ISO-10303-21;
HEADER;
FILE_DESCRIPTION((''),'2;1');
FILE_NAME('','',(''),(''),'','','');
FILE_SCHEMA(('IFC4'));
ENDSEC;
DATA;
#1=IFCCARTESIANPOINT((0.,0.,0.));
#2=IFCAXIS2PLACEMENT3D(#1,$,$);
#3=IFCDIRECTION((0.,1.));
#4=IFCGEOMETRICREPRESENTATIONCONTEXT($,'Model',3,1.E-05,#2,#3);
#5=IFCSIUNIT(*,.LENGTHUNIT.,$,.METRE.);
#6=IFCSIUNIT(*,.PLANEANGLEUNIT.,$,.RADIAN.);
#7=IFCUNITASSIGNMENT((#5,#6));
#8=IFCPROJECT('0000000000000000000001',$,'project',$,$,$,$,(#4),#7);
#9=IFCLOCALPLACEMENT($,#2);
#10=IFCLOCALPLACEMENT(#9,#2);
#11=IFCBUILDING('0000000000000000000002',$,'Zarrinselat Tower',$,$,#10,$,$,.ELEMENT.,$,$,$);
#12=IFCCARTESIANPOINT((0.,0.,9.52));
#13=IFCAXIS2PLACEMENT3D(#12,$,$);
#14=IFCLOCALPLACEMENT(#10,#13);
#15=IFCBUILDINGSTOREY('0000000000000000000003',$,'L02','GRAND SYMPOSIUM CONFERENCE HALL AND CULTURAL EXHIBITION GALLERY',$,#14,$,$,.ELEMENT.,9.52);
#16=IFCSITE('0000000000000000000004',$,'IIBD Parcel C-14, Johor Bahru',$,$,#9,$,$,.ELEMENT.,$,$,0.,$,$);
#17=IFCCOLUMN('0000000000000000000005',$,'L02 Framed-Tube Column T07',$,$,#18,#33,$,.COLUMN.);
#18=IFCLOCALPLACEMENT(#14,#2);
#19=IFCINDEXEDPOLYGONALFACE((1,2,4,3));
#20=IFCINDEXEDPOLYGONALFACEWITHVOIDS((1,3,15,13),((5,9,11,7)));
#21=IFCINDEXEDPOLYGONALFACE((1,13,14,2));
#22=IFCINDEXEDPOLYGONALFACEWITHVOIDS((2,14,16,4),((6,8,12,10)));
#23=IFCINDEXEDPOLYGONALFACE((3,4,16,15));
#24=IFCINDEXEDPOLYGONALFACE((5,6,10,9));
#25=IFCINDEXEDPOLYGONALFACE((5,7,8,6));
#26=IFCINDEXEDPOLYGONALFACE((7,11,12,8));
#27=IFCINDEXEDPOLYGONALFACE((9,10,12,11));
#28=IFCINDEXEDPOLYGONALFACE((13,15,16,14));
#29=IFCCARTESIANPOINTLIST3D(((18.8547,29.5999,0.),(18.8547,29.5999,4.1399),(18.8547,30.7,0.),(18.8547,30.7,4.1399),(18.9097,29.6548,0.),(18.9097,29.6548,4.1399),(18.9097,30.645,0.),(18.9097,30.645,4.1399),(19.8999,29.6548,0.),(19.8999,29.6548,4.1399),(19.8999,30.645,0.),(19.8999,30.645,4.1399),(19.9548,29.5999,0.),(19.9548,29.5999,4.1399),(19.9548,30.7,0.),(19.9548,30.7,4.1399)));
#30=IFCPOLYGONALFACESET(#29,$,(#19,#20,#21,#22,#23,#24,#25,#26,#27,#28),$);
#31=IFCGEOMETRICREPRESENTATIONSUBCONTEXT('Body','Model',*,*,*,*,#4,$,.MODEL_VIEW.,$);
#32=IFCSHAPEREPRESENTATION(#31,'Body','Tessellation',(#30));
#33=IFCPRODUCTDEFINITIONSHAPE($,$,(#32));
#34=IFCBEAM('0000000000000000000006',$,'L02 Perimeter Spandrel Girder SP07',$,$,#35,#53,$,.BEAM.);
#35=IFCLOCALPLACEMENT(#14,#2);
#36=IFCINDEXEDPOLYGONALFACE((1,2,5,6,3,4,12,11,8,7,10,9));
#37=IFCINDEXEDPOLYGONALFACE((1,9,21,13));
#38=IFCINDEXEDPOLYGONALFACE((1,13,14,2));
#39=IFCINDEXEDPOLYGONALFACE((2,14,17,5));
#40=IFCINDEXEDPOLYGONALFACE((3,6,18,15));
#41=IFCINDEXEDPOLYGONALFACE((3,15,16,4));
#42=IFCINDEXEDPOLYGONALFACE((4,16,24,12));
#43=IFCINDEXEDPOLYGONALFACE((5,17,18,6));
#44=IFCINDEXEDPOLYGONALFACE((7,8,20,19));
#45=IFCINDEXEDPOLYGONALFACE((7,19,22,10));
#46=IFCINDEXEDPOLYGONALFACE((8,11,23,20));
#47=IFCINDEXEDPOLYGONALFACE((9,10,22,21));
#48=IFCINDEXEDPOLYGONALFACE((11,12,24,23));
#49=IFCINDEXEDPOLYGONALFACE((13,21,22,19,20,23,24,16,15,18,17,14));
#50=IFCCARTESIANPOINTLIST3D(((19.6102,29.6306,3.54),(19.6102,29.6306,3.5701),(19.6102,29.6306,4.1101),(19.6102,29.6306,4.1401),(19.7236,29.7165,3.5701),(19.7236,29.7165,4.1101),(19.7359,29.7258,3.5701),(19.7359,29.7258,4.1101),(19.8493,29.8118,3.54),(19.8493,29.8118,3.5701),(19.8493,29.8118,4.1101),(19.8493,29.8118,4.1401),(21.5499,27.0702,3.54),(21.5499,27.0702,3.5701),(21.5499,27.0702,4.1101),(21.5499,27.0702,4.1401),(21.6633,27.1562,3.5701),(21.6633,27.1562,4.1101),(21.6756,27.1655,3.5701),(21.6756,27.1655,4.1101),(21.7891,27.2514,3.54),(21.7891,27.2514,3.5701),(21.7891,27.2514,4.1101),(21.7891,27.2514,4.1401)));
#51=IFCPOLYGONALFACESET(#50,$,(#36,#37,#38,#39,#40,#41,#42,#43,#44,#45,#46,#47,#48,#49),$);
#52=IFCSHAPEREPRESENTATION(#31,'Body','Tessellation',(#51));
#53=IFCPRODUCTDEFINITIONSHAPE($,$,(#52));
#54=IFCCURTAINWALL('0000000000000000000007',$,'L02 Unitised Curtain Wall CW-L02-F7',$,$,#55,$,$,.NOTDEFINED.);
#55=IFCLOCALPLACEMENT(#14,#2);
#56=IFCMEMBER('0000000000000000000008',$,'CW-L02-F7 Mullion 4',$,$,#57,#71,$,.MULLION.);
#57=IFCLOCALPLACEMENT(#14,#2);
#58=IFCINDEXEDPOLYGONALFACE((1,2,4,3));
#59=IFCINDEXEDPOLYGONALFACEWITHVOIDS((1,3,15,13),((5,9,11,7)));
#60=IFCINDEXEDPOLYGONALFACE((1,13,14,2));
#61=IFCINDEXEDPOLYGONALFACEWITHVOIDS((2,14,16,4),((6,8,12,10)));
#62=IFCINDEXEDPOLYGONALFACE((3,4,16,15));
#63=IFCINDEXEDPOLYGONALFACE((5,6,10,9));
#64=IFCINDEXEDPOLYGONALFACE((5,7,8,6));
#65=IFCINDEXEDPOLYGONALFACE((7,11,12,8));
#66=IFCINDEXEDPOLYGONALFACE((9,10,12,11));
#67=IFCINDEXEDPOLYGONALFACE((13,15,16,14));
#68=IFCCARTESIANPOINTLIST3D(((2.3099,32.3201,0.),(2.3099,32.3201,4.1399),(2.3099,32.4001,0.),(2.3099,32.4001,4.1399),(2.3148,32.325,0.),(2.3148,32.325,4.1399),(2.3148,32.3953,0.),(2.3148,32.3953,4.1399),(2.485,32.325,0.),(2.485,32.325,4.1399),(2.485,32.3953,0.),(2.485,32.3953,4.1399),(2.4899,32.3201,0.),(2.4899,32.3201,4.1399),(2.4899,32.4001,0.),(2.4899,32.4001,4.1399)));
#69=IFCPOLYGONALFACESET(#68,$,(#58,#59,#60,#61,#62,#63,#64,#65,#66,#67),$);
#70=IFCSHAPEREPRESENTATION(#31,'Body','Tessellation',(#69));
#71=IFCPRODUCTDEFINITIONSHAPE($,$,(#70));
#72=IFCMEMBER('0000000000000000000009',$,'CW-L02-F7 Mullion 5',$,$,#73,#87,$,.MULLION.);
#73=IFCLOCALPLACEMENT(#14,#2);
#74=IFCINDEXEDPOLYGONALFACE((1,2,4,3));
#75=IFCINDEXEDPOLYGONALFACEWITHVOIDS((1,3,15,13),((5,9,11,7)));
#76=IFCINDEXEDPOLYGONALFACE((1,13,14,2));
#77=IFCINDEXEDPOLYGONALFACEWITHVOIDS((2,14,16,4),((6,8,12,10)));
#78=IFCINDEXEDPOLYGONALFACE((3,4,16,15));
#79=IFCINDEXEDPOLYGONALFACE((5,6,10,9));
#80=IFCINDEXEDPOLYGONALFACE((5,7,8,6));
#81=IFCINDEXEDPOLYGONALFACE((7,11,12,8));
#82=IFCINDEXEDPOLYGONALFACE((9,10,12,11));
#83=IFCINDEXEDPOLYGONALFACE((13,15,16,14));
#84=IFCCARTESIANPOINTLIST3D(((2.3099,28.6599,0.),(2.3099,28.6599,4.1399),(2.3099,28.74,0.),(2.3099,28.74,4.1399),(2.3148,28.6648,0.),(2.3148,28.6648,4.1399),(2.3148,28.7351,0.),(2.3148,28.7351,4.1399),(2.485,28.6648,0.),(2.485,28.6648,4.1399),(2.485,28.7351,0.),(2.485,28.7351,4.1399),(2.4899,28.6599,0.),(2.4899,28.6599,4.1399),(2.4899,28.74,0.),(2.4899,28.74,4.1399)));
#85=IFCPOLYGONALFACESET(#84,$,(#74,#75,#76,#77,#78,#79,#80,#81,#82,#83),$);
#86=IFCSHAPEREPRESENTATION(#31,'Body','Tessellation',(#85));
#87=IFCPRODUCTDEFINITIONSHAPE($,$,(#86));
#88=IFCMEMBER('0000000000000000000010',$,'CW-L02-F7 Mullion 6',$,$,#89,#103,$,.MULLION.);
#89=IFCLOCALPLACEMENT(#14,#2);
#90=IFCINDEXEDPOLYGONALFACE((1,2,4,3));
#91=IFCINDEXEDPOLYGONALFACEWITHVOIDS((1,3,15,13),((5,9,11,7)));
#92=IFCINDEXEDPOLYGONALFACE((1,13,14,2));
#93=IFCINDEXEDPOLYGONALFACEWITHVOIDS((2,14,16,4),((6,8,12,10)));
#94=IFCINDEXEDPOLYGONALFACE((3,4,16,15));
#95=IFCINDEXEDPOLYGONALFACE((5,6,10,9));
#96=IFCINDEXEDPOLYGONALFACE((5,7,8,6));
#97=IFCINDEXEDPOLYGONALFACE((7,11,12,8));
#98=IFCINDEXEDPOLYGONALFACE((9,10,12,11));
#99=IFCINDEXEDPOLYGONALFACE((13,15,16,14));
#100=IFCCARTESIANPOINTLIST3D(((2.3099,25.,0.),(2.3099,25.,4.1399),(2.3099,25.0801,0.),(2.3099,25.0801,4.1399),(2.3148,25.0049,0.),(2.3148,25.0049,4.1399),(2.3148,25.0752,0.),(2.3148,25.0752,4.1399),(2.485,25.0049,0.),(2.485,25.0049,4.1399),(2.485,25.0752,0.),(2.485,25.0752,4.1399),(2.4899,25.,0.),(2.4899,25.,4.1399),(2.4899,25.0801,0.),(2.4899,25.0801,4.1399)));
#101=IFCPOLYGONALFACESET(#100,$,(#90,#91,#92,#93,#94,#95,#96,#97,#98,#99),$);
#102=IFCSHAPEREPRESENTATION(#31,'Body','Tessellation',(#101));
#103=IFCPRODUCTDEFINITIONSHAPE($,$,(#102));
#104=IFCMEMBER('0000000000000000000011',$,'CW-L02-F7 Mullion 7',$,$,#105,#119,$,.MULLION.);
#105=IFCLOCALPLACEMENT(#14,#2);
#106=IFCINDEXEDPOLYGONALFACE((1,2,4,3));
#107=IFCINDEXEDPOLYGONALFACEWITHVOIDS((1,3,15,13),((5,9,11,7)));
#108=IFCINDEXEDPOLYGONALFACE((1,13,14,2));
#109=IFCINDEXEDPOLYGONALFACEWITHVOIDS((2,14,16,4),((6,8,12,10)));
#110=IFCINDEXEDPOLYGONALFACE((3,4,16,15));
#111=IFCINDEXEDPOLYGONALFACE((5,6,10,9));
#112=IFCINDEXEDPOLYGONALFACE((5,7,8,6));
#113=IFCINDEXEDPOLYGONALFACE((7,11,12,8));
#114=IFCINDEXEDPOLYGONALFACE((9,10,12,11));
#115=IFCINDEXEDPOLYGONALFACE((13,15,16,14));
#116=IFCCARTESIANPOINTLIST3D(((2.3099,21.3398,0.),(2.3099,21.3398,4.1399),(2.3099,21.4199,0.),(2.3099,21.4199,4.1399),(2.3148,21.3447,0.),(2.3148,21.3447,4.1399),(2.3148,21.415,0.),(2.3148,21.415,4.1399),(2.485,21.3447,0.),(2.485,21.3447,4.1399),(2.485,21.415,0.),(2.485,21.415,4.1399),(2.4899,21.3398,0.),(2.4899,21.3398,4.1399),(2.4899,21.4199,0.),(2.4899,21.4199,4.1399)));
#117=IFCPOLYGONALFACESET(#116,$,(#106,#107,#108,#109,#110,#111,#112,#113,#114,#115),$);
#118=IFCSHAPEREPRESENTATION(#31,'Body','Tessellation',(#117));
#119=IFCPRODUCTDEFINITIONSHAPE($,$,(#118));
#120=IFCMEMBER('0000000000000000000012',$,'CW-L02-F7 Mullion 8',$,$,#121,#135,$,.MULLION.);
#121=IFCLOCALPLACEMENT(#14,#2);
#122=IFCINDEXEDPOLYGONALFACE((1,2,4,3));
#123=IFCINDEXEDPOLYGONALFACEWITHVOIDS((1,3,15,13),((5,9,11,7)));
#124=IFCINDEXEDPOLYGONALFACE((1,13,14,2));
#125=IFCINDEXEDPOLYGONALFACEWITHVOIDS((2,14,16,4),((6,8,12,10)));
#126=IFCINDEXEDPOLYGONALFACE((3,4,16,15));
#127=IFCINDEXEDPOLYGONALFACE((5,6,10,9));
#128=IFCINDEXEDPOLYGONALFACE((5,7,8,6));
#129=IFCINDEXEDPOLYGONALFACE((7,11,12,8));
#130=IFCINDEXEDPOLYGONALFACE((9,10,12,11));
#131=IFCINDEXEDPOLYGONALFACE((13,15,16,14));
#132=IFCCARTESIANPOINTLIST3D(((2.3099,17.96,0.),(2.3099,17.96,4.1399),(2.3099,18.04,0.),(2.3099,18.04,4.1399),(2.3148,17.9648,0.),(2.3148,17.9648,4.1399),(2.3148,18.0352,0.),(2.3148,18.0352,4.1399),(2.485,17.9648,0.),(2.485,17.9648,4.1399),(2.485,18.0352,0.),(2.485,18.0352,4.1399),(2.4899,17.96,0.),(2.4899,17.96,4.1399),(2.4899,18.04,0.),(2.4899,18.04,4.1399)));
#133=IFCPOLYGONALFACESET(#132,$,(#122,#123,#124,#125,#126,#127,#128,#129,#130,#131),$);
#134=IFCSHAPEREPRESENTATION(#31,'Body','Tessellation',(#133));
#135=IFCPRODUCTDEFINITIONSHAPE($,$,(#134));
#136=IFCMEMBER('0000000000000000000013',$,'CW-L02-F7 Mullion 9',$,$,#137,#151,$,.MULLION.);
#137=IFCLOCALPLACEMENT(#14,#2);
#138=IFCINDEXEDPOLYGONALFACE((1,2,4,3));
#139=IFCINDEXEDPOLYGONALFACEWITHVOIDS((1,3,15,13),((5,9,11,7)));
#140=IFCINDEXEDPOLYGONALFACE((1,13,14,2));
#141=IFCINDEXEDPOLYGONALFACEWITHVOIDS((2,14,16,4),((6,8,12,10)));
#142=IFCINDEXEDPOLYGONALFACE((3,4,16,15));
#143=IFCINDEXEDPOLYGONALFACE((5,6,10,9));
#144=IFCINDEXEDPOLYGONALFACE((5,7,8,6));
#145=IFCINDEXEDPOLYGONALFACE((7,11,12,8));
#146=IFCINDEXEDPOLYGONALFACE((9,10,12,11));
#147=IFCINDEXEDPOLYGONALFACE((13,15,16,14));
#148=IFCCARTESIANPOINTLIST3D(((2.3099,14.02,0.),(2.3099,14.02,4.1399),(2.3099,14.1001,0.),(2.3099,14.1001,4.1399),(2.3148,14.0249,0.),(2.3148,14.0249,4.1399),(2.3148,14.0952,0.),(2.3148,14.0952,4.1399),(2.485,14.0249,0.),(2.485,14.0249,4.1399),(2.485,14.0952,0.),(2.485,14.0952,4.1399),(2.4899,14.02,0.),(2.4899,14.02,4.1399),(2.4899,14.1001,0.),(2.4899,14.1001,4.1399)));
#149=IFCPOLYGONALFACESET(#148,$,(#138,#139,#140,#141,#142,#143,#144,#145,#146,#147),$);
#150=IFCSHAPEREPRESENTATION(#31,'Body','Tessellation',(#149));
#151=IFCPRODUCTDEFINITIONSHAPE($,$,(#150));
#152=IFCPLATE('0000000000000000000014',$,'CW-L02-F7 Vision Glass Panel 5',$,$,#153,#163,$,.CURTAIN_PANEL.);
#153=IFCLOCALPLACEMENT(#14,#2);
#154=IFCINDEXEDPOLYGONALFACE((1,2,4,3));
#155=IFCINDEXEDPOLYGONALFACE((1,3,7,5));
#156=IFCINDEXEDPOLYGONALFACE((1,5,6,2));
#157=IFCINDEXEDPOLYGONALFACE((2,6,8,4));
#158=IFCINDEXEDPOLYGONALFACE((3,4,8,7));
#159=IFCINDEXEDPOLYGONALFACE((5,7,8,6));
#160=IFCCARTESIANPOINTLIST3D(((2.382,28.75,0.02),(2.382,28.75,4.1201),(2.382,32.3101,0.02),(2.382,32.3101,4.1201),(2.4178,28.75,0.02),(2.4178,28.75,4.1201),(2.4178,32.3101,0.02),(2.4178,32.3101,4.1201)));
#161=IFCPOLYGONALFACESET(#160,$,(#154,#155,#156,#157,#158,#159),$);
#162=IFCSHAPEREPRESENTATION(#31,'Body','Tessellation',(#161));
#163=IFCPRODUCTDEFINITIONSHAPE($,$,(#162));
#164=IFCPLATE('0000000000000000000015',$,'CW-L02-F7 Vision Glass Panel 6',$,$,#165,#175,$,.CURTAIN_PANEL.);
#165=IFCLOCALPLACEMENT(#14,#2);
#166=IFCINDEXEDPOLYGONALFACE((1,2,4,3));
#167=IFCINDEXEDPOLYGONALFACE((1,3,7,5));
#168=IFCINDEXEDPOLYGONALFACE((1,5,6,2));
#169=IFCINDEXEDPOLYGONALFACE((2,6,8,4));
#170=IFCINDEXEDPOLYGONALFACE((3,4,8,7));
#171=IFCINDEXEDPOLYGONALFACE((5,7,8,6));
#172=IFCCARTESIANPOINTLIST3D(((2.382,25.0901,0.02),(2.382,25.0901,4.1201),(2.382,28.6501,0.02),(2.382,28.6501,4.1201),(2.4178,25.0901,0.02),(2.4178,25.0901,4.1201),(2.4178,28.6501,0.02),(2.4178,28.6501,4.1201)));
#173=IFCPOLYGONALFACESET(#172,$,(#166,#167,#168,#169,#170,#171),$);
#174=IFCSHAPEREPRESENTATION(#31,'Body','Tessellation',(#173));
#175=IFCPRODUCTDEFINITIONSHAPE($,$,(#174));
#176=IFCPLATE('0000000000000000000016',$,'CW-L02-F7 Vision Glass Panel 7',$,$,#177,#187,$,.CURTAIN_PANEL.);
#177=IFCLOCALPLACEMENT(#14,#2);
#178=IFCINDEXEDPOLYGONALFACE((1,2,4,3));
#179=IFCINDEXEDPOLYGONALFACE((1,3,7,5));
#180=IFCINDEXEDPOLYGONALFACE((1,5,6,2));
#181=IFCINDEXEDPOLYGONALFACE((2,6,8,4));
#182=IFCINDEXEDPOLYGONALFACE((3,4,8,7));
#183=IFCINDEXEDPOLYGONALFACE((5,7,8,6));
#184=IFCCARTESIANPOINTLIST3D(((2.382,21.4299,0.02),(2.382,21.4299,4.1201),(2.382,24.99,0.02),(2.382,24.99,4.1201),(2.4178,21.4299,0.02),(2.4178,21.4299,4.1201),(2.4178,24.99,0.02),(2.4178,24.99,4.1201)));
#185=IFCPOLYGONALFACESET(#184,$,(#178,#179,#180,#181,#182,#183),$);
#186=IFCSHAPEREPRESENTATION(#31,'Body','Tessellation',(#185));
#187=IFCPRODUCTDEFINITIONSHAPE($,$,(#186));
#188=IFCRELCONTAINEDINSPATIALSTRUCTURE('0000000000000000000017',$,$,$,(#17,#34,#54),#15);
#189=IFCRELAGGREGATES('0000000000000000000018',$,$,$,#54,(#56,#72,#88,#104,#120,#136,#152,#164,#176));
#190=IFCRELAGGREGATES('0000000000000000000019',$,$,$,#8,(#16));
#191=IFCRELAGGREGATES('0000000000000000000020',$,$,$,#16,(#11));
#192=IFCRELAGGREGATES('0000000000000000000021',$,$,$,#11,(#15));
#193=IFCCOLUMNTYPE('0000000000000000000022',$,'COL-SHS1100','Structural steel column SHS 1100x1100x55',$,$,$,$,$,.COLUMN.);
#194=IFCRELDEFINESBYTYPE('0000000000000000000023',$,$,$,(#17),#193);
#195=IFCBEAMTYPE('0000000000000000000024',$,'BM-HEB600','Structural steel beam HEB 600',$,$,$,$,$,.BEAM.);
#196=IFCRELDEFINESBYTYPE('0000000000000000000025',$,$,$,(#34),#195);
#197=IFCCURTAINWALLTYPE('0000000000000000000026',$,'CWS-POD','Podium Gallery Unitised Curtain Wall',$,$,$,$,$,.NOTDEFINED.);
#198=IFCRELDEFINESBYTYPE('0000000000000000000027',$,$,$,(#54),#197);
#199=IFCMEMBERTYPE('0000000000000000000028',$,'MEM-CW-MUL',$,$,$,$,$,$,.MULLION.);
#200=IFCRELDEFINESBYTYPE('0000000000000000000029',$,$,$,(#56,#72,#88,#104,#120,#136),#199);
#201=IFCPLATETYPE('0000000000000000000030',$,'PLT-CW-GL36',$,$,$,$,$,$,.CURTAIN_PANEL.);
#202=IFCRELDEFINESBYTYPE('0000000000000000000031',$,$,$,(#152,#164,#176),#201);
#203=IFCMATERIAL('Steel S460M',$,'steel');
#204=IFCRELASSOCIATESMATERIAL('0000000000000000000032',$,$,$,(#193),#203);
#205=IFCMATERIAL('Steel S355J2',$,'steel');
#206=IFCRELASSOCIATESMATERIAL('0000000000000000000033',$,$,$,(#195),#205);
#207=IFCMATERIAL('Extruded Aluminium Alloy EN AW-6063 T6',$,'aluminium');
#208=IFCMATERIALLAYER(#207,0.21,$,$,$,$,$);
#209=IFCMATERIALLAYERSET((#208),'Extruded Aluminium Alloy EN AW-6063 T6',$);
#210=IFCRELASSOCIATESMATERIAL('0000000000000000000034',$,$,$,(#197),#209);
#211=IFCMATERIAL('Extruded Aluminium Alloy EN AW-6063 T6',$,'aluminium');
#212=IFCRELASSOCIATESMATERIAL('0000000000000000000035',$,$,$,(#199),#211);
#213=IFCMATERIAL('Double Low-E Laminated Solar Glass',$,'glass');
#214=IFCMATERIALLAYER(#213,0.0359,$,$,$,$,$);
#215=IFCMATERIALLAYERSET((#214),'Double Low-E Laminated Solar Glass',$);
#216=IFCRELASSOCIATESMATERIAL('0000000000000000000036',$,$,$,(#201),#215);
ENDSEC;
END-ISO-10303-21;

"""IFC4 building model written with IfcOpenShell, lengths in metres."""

from ifc_helpers import new_model, si_unit, direction, frame, origin, origin_2d, place, context, subcontext, project, spatial, rectangle, hollow_rectangle, i_section, extrude, material, layer, layer_set, material_profile, profile_set, type_object, element, aggregate, save


model = new_model("IFC4")

# Units and contexts
model_context = context("Model", 3, precision=1e-05, world=origin(), true_north=direction((0.0, 1.0)))
body_context = subcontext(model_context, "Body", "Model", "MODEL_VIEW")
ifc_project = project(units=[si_unit("LENGTHUNIT", "METRE"), si_unit("PLANEANGLEUNIT", "RADIAN")], contexts=[model_context])

# Site, building, storey
site_placement = place(None, origin())
site = spatial("IfcSite", under=ifc_project, at=site_placement, Name="IIBD Parcel C-14, Johor Bahru", CompositionType="ELEMENT", RefElevation=0.0)
building_placement = place(site_placement, origin())
building = spatial("IfcBuilding", under=site, at=building_placement, Name="Zarrinselat Tower", CompositionType="ELEMENT")
storey_placement = place(building_placement, frame((0.0, 0.0, 9.52)))
storey = spatial("IfcBuildingStorey", under=building, at=storey_placement, Name="L02", Description="GRAND SYMPOSIUM CONFERENCE HALL AND CULTURAL EXHIBITION GALLERY", CompositionType="ELEMENT", Elevation=9.52)

# Column
ifc_material_1 = material(Name="Steel S460M", Category="steel")
ifc_material_profile_1 = material_profile(ifc_material_1, hollow_rectangle(XDim=1.1001, YDim=1.1001, WallThickness=0.0549, at=origin_2d()), Name="SHS 1100x1100x55")
ifc_profile_set_1 = profile_set([ifc_material_profile_1], Name="Steel S460M")
column_type = type_object("IfcColumnType", Name="COL-SHS1100", Description="Structural steel column SHS 1100x1100x55", PredefinedType="COLUMN", material=ifc_profile_set_1)
column_placement = place(storey_placement, frame((19.4048, 30.1499, 0.0), z_axis=(0.0, 0.0, 1.0), x_axis=(1.0, 0.0, 0.0)))
element("IfcColumn", 1, at=column_placement, inside=storey, type_object=column_type, Name="L02 Framed-Tube Column T07", PredefinedType="COLUMN", context=body_context, shape_type="SweptSolid", body=[
    extrude(hollow_rectangle(XDim=1.1001, YDim=1.1001, WallThickness=0.0549, at=origin_2d()), origin(), (0.0, 0.0, 1.0), 4.1399),
])

# Beam
ifc_material_2 = material(Name="Steel S355J2", Category="steel")
ifc_material_profile_2 = material_profile(ifc_material_2, i_section(OverallWidth=0.3, OverallDepth=0.6001, WebThickness=0.0154, FlangeThickness=0.03, at=origin_2d()), Name="HEB 600")
ifc_profile_set_2 = profile_set([ifc_material_profile_2], Name="Steel S355J2")
beam_type = type_object("IfcBeamType", Name="BM-HEB600", Description="Structural steel beam HEB 600", PredefinedType="BEAM", material=ifc_profile_set_2)
beam_placement = place(storey_placement, frame((19.7297, 29.7212, 3.8401), z_axis=(0.603872, -0.797081, 0.0), x_axis=(0.797081, 0.603872, 0.0)))
element("IfcBeam", 2, at=beam_placement, inside=storey, type_object=beam_type, Name="L02 Perimeter Spandrel Girder SP07", PredefinedType="BEAM", context=body_context, shape_type="SweptSolid", body=[
    extrude(i_section(OverallWidth=0.3, OverallDepth=0.6001, WebThickness=0.0154, FlangeThickness=0.03, at=origin_2d()), origin(), (0.0, 0.0, 1.0), 3.2122),
])

# Curtain wall, members, plates
ifc_material_3 = material(Name="Extruded Aluminium Alloy EN AW-6063 T6", Category="aluminium")
ifc_layer_1 = layer(ifc_material_3, 0.21)
ifc_layer_set_1 = layer_set([ifc_layer_1], Name="Extruded Aluminium Alloy EN AW-6063 T6")
curtain_wall_type = type_object("IfcCurtainWallType", Name="CWS-POD", Description="Podium Gallery Unitised Curtain Wall", PredefinedType="NOTDEFINED", material=ifc_layer_set_1)
curtain_wall_placement = place(storey_placement, origin())
curtain_wall = element("IfcCurtainWall", 3, at=curtain_wall_placement, inside=storey, type_object=curtain_wall_type, Name="L02 Unitised Curtain Wall CW-L02-F7", PredefinedType="NOTDEFINED")
ifc_material_4 = material(Name="Extruded Aluminium Alloy EN AW-6063 T6", Category="aluminium")
ifc_material_profile_3 = material_profile(ifc_material_4, hollow_rectangle(XDim=0.0801, YDim=0.1799, WallThickness=0.0049, at=origin_2d()), Name="RHS 180x80x5")
ifc_profile_set_3 = profile_set([ifc_material_profile_3], Name="Extruded Aluminium Alloy EN AW-6063 T6")
member_type = type_object("IfcMemberType", Name="MEM-CW-MUL", PredefinedType="MULLION", material=ifc_profile_set_3)
member_1_placement = place(storey_placement, frame((2.3999, 32.3601, 0.0), z_axis=(0.0, 0.0, 1.0), x_axis=(0.0, -1.0, 0.0)))
member_1 = element("IfcMember", 4, at=member_1_placement, type_object=member_type, Name="CW-L02-F7 Mullion 4", PredefinedType="MULLION", context=body_context, shape_type="SweptSolid", body=[
    extrude(hollow_rectangle(XDim=0.0801, YDim=0.1799, WallThickness=0.0049, at=origin_2d()), origin(), (0.0, 0.0, 1.0), 4.1399),
])
member_2_placement = place(storey_placement, frame((2.3999, 28.7, 0.0), z_axis=(0.0, 0.0, 1.0), x_axis=(0.0, -1.0, 0.0)))
member_2 = element("IfcMember", 5, at=member_2_placement, type_object=member_type, Name="CW-L02-F7 Mullion 5", PredefinedType="MULLION", context=body_context, shape_type="SweptSolid", body=[
    extrude(hollow_rectangle(XDim=0.0801, YDim=0.1799, WallThickness=0.0049, at=origin_2d()), origin(), (0.0, 0.0, 1.0), 4.1399),
])
member_3_placement = place(storey_placement, frame((2.3999, 25.04, 0.0), z_axis=(0.0, 0.0, 1.0), x_axis=(0.0, -1.0, 0.0)))
member_3 = element("IfcMember", 6, at=member_3_placement, type_object=member_type, Name="CW-L02-F7 Mullion 6", PredefinedType="MULLION", context=body_context, shape_type="SweptSolid", body=[
    extrude(hollow_rectangle(XDim=0.0801, YDim=0.1799, WallThickness=0.0049, at=origin_2d()), origin(), (0.0, 0.0, 1.0), 4.1399),
])
member_4_placement = place(storey_placement, frame((2.3999, 21.3799, 0.0), z_axis=(0.0, 0.0, 1.0), x_axis=(0.0, -1.0, 0.0)))
member_4 = element("IfcMember", 7, at=member_4_placement, type_object=member_type, Name="CW-L02-F7 Mullion 7", PredefinedType="MULLION", context=body_context, shape_type="SweptSolid", body=[
    extrude(hollow_rectangle(XDim=0.0801, YDim=0.1799, WallThickness=0.0049, at=origin_2d()), origin(), (0.0, 0.0, 1.0), 4.1399),
])
member_5_placement = place(storey_placement, frame((2.3999, 18.0, 0.0), z_axis=(0.0, 0.0, 1.0), x_axis=(0.0, -1.0, 0.0)))
member_5 = element("IfcMember", 8, at=member_5_placement, type_object=member_type, Name="CW-L02-F7 Mullion 8", PredefinedType="MULLION", context=body_context, shape_type="SweptSolid", body=[
    extrude(hollow_rectangle(XDim=0.0801, YDim=0.1799, WallThickness=0.0049, at=origin_2d()), origin(), (0.0, 0.0, 1.0), 4.1399),
])
member_6_placement = place(storey_placement, frame((2.3999, 14.0601, 0.0), z_axis=(0.0, 0.0, 1.0), x_axis=(0.0, -1.0, 0.0)))
member_6 = element("IfcMember", 9, at=member_6_placement, type_object=member_type, Name="CW-L02-F7 Mullion 9", PredefinedType="MULLION", context=body_context, shape_type="SweptSolid", body=[
    extrude(hollow_rectangle(XDim=0.0801, YDim=0.1799, WallThickness=0.0049, at=origin_2d()), origin(), (0.0, 0.0, 1.0), 4.1399),
])
ifc_material_5 = material(Name="Double Low-E Laminated Solar Glass", Category="glass")
ifc_layer_2 = layer(ifc_material_5, 0.0359)
ifc_layer_set_2 = layer_set([ifc_layer_2], Name="Double Low-E Laminated Solar Glass")
plate_type = type_object("IfcPlateType", Name="PLT-CW-GL36", PredefinedType="CURTAIN_PANEL", material=ifc_layer_set_2)
plate_1_placement = place(storey_placement, frame((2.3999, 30.53, 0.02), z_axis=(0.0, 0.0, 1.0), x_axis=(0.0, -1.0, 0.0)))
plate_1 = element("IfcPlate", 10, at=plate_1_placement, type_object=plate_type, Name="CW-L02-F7 Vision Glass Panel 5", PredefinedType="CURTAIN_PANEL", context=body_context, shape_type="SweptSolid", body=[
    extrude(rectangle(XDim=3.5601, YDim=0.0359, at=origin_2d()), origin(), (0.0, 0.0, 1.0), 4.1001),
])
plate_2_placement = place(storey_placement, frame((2.3999, 26.8701, 0.02), z_axis=(0.0, 0.0, 1.0), x_axis=(0.0, -1.0, 0.0)))
plate_2 = element("IfcPlate", 11, at=plate_2_placement, type_object=plate_type, Name="CW-L02-F7 Vision Glass Panel 6", PredefinedType="CURTAIN_PANEL", context=body_context, shape_type="SweptSolid", body=[
    extrude(rectangle(XDim=3.5601, YDim=0.0359, at=origin_2d()), origin(), (0.0, 0.0, 1.0), 4.1001),
])
plate_3_placement = place(storey_placement, frame((2.3999, 23.21, 0.02), z_axis=(0.0, 0.0, 1.0), x_axis=(0.0, -1.0, 0.0)))
plate_3 = element("IfcPlate", 12, at=plate_3_placement, type_object=plate_type, Name="CW-L02-F7 Vision Glass Panel 7", PredefinedType="CURTAIN_PANEL", context=body_context, shape_type="SweptSolid", body=[
    extrude(rectangle(XDim=3.5601, YDim=0.0359, at=origin_2d()), origin(), (0.0, 0.0, 1.0), 4.1001),
])
aggregate(curtain_wall, [member_1, member_2, member_3, member_4, member_5, member_6, plate_1, plate_2, plate_3])

save(model, "model.ifc")
